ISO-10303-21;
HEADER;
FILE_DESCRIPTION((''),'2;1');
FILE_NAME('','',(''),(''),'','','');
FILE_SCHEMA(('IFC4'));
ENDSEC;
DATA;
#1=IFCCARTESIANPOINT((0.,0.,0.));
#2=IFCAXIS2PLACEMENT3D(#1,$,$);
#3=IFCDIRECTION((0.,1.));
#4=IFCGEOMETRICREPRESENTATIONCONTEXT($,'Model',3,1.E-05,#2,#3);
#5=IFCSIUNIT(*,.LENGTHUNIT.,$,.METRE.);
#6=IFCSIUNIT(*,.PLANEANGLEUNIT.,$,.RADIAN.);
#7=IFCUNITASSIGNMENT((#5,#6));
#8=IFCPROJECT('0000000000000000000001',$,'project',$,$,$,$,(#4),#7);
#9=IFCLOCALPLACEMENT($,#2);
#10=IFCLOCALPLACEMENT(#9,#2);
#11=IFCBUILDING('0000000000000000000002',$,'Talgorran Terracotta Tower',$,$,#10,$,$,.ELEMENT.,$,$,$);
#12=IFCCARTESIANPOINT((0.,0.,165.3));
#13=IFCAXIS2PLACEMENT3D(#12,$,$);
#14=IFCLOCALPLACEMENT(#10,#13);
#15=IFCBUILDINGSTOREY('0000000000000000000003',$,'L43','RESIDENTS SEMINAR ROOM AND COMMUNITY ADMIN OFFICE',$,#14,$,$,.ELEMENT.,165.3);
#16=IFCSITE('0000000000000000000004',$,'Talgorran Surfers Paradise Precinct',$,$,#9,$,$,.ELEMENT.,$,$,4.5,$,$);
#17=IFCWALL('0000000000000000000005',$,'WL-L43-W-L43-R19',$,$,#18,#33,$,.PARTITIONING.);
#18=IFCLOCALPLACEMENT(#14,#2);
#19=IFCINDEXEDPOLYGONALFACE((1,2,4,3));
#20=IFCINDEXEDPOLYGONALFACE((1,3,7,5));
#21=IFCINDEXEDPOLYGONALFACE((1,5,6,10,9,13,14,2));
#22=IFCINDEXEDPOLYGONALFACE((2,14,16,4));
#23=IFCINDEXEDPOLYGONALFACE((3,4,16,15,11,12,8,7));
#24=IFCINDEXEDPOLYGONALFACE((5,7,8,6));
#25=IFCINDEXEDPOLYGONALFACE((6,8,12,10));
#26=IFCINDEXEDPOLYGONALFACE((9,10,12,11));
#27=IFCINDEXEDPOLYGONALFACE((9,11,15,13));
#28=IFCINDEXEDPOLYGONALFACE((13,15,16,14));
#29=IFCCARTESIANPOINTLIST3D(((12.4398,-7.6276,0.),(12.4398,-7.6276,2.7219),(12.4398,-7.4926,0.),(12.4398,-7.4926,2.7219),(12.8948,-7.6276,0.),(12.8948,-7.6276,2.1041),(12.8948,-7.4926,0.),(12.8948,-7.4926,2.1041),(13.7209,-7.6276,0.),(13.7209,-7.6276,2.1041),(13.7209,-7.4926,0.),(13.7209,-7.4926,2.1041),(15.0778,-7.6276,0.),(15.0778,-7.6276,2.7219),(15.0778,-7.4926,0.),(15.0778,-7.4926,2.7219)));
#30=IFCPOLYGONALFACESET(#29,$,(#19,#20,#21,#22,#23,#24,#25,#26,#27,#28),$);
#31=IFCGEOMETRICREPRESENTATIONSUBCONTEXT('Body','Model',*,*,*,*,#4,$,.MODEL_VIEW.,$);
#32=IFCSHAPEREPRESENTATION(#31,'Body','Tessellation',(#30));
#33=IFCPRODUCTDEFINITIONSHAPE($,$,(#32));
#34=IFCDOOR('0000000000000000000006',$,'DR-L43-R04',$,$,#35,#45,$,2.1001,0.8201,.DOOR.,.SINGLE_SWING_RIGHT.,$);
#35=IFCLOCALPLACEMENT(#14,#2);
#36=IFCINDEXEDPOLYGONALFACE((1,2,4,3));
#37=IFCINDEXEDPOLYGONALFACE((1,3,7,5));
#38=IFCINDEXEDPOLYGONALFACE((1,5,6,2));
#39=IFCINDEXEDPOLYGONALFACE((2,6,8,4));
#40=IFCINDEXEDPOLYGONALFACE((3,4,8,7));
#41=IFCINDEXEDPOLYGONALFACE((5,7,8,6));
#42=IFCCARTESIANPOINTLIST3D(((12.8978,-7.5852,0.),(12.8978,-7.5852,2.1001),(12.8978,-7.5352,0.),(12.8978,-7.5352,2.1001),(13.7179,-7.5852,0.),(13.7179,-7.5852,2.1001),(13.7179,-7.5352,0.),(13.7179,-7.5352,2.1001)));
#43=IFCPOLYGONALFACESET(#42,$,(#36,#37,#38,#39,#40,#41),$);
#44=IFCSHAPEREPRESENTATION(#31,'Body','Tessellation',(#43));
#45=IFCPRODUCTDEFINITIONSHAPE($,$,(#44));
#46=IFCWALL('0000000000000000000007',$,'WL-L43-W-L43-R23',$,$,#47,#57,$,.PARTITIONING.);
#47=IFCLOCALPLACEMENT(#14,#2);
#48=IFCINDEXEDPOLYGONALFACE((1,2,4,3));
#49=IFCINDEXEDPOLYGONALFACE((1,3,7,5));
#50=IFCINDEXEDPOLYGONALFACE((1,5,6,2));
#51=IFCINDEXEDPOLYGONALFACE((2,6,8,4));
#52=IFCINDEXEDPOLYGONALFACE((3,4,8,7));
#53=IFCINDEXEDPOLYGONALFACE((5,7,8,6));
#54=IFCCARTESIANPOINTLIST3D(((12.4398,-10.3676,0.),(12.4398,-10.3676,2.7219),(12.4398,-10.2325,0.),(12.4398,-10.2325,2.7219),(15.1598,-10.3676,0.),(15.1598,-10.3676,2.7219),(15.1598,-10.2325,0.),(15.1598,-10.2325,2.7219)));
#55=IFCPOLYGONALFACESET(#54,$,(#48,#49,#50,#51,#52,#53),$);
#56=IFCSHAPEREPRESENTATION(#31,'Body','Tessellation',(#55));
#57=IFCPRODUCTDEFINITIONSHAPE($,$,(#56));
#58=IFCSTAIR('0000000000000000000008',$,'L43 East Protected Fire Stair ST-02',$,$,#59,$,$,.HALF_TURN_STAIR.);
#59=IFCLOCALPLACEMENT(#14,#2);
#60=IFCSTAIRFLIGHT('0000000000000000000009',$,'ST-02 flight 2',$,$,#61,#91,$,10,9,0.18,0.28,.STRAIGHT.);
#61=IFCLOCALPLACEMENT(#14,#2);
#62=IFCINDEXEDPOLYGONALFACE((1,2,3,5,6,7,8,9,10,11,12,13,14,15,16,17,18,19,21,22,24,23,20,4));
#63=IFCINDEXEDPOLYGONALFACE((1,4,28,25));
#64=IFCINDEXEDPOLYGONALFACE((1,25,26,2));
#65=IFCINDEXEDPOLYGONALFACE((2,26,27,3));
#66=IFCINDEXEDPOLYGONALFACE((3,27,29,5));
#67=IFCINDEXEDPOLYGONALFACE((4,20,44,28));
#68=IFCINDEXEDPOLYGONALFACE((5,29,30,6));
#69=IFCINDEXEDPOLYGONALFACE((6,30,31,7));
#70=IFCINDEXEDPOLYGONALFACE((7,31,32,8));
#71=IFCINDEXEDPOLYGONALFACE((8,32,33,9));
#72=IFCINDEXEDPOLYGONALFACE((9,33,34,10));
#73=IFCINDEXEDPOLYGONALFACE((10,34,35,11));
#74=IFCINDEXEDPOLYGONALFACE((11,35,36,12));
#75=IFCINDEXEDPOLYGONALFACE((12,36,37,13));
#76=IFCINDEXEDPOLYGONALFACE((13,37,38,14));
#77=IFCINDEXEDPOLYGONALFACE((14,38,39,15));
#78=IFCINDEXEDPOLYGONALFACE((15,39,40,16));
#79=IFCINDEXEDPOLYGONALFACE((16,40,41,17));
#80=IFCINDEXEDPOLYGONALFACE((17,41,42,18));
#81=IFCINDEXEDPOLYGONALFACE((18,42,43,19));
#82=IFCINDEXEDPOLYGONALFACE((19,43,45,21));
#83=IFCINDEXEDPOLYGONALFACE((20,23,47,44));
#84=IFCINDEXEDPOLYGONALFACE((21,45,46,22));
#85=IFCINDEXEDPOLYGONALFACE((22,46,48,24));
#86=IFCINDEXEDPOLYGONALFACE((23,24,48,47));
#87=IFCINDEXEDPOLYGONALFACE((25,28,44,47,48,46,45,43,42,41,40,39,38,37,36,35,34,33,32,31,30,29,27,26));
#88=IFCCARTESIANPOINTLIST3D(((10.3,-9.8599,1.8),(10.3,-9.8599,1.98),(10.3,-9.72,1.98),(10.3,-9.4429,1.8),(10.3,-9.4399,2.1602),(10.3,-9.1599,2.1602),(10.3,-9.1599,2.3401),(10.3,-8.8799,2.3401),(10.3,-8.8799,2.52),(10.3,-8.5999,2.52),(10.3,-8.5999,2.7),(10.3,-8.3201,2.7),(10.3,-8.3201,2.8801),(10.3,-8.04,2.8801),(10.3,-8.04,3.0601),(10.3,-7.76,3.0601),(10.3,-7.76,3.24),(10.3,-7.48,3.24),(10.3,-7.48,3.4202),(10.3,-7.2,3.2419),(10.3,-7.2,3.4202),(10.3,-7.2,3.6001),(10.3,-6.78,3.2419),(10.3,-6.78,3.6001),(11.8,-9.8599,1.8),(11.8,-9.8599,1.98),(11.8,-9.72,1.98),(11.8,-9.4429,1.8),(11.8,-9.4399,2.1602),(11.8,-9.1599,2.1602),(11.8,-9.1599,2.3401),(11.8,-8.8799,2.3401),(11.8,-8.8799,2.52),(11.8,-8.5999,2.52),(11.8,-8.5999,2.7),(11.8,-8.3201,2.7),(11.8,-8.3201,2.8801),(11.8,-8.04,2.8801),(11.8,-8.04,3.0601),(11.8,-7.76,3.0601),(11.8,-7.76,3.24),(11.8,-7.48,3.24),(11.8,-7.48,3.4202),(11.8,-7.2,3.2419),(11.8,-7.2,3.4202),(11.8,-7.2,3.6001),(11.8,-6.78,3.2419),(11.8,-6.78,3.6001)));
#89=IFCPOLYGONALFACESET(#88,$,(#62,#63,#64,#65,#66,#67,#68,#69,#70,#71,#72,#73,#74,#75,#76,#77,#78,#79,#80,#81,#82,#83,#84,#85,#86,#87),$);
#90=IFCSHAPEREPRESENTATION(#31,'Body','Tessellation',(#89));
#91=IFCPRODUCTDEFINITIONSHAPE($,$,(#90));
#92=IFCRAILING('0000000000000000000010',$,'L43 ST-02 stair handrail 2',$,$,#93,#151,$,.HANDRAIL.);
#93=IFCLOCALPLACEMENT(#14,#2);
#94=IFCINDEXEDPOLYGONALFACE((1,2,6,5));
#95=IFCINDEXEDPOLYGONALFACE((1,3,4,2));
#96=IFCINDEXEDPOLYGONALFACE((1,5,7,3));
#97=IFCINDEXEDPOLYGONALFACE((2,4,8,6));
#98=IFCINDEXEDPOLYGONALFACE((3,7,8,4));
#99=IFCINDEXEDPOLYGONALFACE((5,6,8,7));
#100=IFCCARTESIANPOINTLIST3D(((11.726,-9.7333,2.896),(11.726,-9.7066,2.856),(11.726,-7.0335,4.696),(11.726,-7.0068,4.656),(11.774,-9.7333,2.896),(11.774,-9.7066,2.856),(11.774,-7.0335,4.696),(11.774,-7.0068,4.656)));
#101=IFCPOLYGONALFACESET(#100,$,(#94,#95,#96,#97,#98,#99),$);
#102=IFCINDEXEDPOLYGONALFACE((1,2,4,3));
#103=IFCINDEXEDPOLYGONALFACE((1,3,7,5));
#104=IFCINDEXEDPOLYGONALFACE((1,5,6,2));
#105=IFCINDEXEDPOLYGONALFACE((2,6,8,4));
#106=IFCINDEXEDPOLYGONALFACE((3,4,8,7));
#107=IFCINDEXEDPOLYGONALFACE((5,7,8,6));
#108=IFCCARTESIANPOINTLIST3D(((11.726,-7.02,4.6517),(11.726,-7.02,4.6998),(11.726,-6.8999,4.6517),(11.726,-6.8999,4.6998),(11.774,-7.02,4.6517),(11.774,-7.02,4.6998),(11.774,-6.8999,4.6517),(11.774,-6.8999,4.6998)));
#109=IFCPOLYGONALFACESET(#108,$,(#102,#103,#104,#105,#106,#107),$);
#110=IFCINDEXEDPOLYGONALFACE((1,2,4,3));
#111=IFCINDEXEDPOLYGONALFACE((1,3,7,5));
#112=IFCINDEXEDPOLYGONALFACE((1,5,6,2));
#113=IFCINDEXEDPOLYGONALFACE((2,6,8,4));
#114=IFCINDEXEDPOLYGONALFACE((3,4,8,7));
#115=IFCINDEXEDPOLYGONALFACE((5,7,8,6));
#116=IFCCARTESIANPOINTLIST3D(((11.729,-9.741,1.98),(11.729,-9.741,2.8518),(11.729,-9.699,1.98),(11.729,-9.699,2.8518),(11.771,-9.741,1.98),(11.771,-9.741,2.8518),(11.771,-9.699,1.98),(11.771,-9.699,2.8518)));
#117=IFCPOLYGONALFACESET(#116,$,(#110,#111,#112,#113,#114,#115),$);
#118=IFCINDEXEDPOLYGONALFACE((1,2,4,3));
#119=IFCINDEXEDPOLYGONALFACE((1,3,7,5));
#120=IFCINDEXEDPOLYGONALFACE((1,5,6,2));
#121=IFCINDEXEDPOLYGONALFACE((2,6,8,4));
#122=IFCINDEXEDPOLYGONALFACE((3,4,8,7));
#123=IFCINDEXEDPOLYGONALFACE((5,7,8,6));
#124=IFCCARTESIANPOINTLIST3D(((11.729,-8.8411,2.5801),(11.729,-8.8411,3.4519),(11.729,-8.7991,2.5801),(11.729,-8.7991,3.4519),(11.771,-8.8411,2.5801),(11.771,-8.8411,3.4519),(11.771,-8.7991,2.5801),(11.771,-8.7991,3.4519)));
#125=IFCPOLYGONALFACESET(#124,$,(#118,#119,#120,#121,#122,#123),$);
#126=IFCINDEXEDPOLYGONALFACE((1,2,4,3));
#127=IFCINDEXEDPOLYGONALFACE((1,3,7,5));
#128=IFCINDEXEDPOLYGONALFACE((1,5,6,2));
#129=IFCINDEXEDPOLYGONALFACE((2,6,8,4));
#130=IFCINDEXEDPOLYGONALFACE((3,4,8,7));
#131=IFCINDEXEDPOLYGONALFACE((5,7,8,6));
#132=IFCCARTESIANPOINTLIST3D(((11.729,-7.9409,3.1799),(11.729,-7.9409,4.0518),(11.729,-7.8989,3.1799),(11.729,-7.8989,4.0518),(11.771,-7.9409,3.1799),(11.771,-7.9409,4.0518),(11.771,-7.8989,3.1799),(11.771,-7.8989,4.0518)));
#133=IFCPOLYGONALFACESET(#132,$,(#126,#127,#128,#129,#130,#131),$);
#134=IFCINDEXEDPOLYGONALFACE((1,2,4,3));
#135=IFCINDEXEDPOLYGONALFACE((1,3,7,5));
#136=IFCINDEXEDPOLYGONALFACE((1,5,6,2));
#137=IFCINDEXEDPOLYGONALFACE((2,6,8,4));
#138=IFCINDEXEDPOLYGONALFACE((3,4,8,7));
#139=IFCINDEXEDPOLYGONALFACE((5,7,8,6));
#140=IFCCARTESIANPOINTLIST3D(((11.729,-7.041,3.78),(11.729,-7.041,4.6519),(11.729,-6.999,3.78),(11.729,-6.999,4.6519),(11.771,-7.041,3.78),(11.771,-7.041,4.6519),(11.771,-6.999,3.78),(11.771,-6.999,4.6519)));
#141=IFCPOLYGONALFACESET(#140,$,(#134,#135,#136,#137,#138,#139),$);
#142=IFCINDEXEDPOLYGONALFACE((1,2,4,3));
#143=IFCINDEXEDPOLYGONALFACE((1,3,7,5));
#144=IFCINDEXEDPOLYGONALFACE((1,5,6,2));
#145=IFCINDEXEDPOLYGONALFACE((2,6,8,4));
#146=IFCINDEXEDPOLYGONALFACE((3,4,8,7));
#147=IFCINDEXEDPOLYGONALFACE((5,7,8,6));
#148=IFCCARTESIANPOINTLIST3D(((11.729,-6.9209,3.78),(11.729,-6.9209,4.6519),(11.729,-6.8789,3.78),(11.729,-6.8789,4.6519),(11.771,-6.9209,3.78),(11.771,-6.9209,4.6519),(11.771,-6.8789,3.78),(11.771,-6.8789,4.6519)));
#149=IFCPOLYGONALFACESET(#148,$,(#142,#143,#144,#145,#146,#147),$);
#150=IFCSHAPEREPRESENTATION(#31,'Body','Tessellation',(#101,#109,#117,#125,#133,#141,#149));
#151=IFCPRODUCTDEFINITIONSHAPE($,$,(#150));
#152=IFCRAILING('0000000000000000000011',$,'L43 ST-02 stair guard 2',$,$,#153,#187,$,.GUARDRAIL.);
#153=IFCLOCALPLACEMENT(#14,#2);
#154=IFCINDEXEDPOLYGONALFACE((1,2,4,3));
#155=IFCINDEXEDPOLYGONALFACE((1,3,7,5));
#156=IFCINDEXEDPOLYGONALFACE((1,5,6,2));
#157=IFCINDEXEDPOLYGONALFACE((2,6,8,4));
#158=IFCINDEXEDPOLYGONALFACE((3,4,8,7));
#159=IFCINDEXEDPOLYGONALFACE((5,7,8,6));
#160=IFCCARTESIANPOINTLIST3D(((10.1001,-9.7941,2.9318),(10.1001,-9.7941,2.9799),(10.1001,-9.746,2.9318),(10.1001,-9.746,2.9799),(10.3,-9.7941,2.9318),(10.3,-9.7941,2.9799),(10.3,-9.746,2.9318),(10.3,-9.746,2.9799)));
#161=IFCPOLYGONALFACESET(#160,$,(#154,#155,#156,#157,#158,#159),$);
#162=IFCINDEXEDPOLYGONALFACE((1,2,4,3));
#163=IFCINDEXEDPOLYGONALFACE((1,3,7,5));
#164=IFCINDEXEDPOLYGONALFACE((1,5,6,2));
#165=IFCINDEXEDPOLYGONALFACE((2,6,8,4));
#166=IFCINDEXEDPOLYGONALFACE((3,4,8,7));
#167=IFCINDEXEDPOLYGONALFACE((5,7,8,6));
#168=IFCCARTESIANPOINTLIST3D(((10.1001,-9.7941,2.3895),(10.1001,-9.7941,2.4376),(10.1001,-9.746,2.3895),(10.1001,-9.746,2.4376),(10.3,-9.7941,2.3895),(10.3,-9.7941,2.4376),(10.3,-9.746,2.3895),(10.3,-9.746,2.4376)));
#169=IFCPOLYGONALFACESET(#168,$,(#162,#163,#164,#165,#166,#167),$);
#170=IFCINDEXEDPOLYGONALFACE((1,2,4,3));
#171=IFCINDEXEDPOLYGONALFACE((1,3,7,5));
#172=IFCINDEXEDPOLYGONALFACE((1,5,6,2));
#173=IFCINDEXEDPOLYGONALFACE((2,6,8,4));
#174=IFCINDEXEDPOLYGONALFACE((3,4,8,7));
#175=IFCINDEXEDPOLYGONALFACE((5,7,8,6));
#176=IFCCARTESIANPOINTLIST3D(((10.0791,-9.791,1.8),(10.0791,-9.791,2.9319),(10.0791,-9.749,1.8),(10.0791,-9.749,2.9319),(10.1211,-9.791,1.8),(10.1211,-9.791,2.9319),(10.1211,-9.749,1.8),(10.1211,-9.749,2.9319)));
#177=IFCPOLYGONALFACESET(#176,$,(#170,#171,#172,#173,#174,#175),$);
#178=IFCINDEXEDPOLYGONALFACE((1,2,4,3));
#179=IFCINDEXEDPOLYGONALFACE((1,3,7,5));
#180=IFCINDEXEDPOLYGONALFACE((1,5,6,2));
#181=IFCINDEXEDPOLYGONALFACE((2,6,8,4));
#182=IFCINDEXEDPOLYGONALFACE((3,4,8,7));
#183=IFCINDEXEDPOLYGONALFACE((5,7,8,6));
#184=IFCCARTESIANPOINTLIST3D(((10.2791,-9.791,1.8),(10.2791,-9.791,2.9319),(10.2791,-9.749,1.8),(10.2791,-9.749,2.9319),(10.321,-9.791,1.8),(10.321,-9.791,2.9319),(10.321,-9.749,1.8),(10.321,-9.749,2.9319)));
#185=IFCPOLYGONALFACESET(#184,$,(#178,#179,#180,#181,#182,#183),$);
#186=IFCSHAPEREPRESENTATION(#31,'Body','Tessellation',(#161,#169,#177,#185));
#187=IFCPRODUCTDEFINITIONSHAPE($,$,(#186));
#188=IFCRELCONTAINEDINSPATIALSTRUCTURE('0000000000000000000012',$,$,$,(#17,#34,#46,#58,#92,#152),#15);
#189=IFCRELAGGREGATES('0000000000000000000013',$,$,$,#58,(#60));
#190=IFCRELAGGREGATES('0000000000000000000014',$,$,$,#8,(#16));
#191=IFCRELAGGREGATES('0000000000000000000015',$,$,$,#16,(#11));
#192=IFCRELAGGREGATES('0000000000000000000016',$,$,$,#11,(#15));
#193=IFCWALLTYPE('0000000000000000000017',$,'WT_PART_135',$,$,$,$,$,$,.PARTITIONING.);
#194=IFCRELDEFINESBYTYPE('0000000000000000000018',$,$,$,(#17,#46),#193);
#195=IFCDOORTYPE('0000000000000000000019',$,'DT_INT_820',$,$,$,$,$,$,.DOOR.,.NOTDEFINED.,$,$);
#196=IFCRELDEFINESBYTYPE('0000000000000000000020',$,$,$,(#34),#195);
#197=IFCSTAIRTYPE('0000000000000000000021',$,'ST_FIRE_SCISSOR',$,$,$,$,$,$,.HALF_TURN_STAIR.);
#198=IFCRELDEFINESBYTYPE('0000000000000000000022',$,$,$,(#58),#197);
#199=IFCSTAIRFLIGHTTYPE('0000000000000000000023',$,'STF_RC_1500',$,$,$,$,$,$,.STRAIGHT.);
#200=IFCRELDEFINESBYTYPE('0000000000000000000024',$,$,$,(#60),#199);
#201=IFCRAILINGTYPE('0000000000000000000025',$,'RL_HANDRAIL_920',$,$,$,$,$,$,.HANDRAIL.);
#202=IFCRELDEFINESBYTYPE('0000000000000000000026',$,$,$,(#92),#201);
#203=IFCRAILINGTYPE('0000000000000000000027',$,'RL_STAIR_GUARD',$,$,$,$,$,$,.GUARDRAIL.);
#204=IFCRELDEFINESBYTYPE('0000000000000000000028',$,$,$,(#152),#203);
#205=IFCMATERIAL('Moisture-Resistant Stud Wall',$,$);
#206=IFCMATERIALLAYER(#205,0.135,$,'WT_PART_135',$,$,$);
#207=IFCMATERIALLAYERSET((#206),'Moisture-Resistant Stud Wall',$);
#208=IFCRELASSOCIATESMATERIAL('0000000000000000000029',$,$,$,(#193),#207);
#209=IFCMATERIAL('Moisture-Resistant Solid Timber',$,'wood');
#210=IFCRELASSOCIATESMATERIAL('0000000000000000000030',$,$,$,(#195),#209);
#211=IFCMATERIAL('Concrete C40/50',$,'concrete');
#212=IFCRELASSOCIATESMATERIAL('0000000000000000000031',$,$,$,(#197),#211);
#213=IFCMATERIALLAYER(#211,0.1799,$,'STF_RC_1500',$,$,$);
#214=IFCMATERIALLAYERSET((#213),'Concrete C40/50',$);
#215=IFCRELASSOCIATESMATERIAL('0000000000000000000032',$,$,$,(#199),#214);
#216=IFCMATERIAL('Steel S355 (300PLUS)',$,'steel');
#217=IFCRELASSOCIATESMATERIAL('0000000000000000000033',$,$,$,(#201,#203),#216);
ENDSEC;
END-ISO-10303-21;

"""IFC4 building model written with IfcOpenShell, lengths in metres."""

from ifc_helpers import new_model, si_unit, direction, frame, frame_2d, origin, origin_2d, place, context, subcontext, project, spatial, polyline, rectangle, outline, extrude, material, layer, layer_set, type_object, element, fill, aggregate, save


model = new_model("IFC4")

# Units and contexts
model_context = context("Model", 3, precision=1e-05, world=origin(), true_north=direction((0.0, 1.0)))
body_context = subcontext(model_context, "Body", "Model", "MODEL_VIEW")
ifc_project = project(units=[si_unit("LENGTHUNIT", "METRE"), si_unit("PLANEANGLEUNIT", "RADIAN")], contexts=[model_context])

# Site, building, storey
site_placement = place(None, origin())
site = spatial("IfcSite", under=ifc_project, at=site_placement, Name="Talgorran Surfers Paradise Precinct", CompositionType="ELEMENT", RefElevation=4.5)
building_placement = place(site_placement, origin())
building = spatial("IfcBuilding", under=site, at=building_placement, Name="Talgorran Terracotta Tower", CompositionType="ELEMENT")
storey_placement = place(building_placement, frame((0.0, 0.0, 165.3)))
storey = spatial("IfcBuildingStorey", under=building, at=storey_placement, Name="L43", Description="RESIDENTS SEMINAR ROOM AND COMMUNITY ADMIN OFFICE", CompositionType="ELEMENT", Elevation=165.3)

# Shared definitions
ifc_material_1 = material(Name="Steel S355 (300PLUS)", Category="steel")

# Wall, opening, door
ifc_material_2 = material(Name="Moisture-Resistant Stud Wall")
ifc_layer_1 = layer(ifc_material_2, 0.135, Name="WT_PART_135")
ifc_layer_set_1 = layer_set([ifc_layer_1], Name="Moisture-Resistant Stud Wall")
wall_type_1 = type_object("IfcWallType", Name="WT_PART_135", PredefinedType="PARTITIONING", material=ifc_layer_set_1)
wall_1_placement = place(storey_placement, frame((12.4399, -7.5601, 0.0), z_axis=(0.0, 0.0, 1.0), x_axis=(1.0, 0.0, 0.0)))
wall_1 = element("IfcWall", 1, at=wall_1_placement, inside=storey, type_object=wall_type_1, Name="WL-L43-W-L43-R19", PredefinedType="PARTITIONING", context=body_context, shape_type="SweptSolid", body=[
    extrude(rectangle(XDim=2.6379, YDim=0.135, at=frame_2d((1.3188, 0.0))), origin(), (0.0, 0.0, 1.0), 2.7219),
])
opening_1_placement = place(wall_1_placement, frame((0.4578, 0.0, 0.0)))
opening_1 = element("IfcOpeningElement", 2, at=opening_1_placement, cuts=wall_1, PredefinedType="OPENING", context=body_context, shape_type="SweptSolid", body=[
    extrude(rectangle(XDim=0.8261, YDim=2.1041, at=frame_2d((0.4102, 1.052))), frame((0.0, 0.0776, 0.0), z_axis=(0.0, -1.0, 0.0), x_axis=(1.0, 0.0, 0.0)), (0.0, 0.0, 1.0), 0.155),
])
ifc_material_3 = material(Name="Moisture-Resistant Solid Timber", Category="wood")
door_type_1 = type_object("IfcDoorType", Name="DT_INT_820", OperationType="NOTDEFINED", PredefinedType="DOOR", material=ifc_material_3)
door_1_placement = place(opening_1_placement, origin())
door_1 = element("IfcDoor", 3, at=door_1_placement, inside=storey, type_object=door_type_1, Name="DR-L43-R04", OperationType="SINGLE_SWING_RIGHT", OverallHeight=2.1001, OverallWidth=0.8201, PredefinedType="DOOR", context=body_context, shape_type="SweptSolid", body=[
    extrude(rectangle(XDim=0.8201, YDim=2.1001, at=frame_2d((0.4102, 1.05))), frame((0.0, 0.0249, 0.0), z_axis=(0.0, -1.0, 0.0), x_axis=(1.0, 0.0, 0.0)), (0.0, 0.0, 1.0), 0.05),
])
fill(opening_1, door_1)

# Wall
wall_2_placement = place(storey_placement, frame((12.4399, -10.3, 0.0), z_axis=(0.0, 0.0, 1.0), x_axis=(1.0, 0.0, 0.0)))
element("IfcWall", 4, at=wall_2_placement, inside=storey, type_object=wall_type_1, Name="WL-L43-W-L43-R23", PredefinedType="PARTITIONING", context=body_context, shape_type="SweptSolid", body=[
    extrude(rectangle(XDim=2.72, YDim=0.135, at=frame_2d((1.3599, 0.0))), origin(), (0.0, 0.0, 1.0), 2.7219),
])

# Stair, stair flight
ifc_material_4 = material(Name="Concrete C40/50", Category="concrete")
stair_type = type_object("IfcStairType", Name="ST_FIRE_SCISSOR", PredefinedType="HALF_TURN_STAIR", material=ifc_material_4)
stair_placement = place(storey_placement, origin())
stair = element("IfcStair", 5, at=stair_placement, inside=storey, type_object=stair_type, Name="L43 East Protected Fire Stair ST-02", PredefinedType="HALF_TURN_STAIR")
ifc_layer_2 = layer(ifc_material_4, 0.1799, Name="STF_RC_1500")
ifc_layer_set_2 = layer_set([ifc_layer_2], Name="Concrete C40/50")
stair_flight_type = type_object("IfcStairFlightType", Name="STF_RC_1500", PredefinedType="STRAIGHT", material=ifc_layer_set_2)
stair_flight_placement = place(storey_placement, frame((11.05, -9.72, 1.8), z_axis=(0.0, 0.0, 1.0), x_axis=(0.0, 1.0, 0.0)))
stair_flight = element("IfcStairFlight", 6, at=stair_flight_placement, type_object=stair_flight_type, Name="ST-02 flight 2", NumberOfRisers=10, NumberOfTreads=9, PredefinedType="STRAIGHT", RiserHeight=0.18, TreadLength=0.28, context=body_context, shape_type="SweptSolid", body=[
    extrude(outline(polyline([(-0.1399, 0.0), (-0.1399, 0.1799), (0.0, 0.1799), (0.28, 0.3601), (0.5601, 0.3601), (0.5601, 0.54), (0.8401, 0.54), (0.8401, 0.72), (1.1201, 0.72), (1.1201, 0.8999), (1.3999, 0.8999), (1.3999, 1.0801), (1.6799, 1.0801), (1.6799, 1.26), (1.96, 1.26), (1.96, 1.4399), (2.24, 1.4399), (2.24, 1.6201), (2.52, 1.6201), (2.52, 1.8), (2.9399, 1.8), (2.9399, 1.4419), (2.52, 1.4419), (0.2771, 0.0), (-0.1399, 0.0)])), frame((0.0, 0.75, 0.0), z_axis=(0.0, -1.0, 0.0), x_axis=(1.0, 0.0, 0.0)), (0.0, 0.0, 1.0), 1.5),
])
aggregate(stair, [stair_flight])

# Railings
railing_type_1 = type_object("IfcRailingType", Name="RL_HANDRAIL_920", PredefinedType="HANDRAIL", material=ifc_material_1)
railing_1_placement = place(storey_placement, frame((11.75, -9.72, 1.98)))
element("IfcRailing", 7, at=railing_1_placement, inside=storey, type_object=railing_type_1, Name="L43 ST-02 stair handrail 2", PredefinedType="HANDRAIL", context=body_context, shape_type="SweptSolid", body=[
    extrude(rectangle(XDim=0.0481, YDim=0.0481, at=origin_2d()), frame((0.0, 0.0, 0.896), z_axis=(0.0, 0.832039, 0.554718), x_axis=(-1.0, 0.0, 0.0)), (0.0, 0.0, 1.0), 3.2449),
    extrude(rectangle(XDim=0.0481, YDim=0.0481, at=origin_2d()), frame((0.0, 2.7, 2.6958), z_axis=(0.0, 1.0, 0.0), x_axis=(-1.0, 0.0, 0.0)), (0.0, 0.0, 1.0), 0.1201),
    extrude(rectangle(XDim=0.042, YDim=0.042, at=origin_2d()), origin(), (0.0, 0.0, 1.0), 0.8718),
    extrude(rectangle(XDim=0.042, YDim=0.042, at=origin_2d()), frame((0.0, 0.8999, 0.6001)), (0.0, 0.0, 1.0), 0.8718),
    extrude(rectangle(XDim=0.042, YDim=0.042, at=origin_2d()), frame((0.0, 1.8, 1.2)), (0.0, 0.0, 1.0), 0.8718),
    extrude(rectangle(XDim=0.042, YDim=0.042, at=origin_2d()), frame((0.0, 2.7, 1.8)), (0.0, 0.0, 1.0), 0.8718),
    extrude(rectangle(XDim=0.042, YDim=0.042, at=origin_2d()), frame((0.0, 2.8201, 1.8)), (0.0, 0.0, 1.0), 0.8718),
])
railing_type_2 = type_object("IfcRailingType", Name="RL_STAIR_GUARD", PredefinedType="GUARDRAIL", material=ifc_material_1)
railing_2_placement = place(storey_placement, frame((10.1001, -9.77, 1.8)))
element("IfcRailing", 8, at=railing_2_placement, inside=storey, type_object=railing_type_2, Name="L43 ST-02 stair guard 2", PredefinedType="GUARDRAIL", context=body_context, shape_type="SweptSolid", body=[
    extrude(rectangle(XDim=0.0481, YDim=0.0481, at=origin_2d()), frame((0.0, 0.0, 1.1558), z_axis=(1.0, 0.0, 0.0), x_axis=(0.0, 1.0, 0.0)), (0.0, 0.0, 1.0), 0.2),
    extrude(rectangle(XDim=0.0481, YDim=0.0481, at=origin_2d()), frame((0.0, 0.0, 0.6135), z_axis=(1.0, 0.0, 0.0), x_axis=(0.0, 1.0, 0.0)), (0.0, 0.0, 1.0), 0.2),
    extrude(rectangle(XDim=0.042, YDim=0.042, at=origin_2d()), origin(), (0.0, 0.0, 1.0), 1.1318),
    extrude(rectangle(XDim=0.042, YDim=0.042, at=origin_2d()), frame((0.2, 0.0, 0.0)), (0.0, 0.0, 1.0), 1.1318),
])

save(model, "model.ifc")
